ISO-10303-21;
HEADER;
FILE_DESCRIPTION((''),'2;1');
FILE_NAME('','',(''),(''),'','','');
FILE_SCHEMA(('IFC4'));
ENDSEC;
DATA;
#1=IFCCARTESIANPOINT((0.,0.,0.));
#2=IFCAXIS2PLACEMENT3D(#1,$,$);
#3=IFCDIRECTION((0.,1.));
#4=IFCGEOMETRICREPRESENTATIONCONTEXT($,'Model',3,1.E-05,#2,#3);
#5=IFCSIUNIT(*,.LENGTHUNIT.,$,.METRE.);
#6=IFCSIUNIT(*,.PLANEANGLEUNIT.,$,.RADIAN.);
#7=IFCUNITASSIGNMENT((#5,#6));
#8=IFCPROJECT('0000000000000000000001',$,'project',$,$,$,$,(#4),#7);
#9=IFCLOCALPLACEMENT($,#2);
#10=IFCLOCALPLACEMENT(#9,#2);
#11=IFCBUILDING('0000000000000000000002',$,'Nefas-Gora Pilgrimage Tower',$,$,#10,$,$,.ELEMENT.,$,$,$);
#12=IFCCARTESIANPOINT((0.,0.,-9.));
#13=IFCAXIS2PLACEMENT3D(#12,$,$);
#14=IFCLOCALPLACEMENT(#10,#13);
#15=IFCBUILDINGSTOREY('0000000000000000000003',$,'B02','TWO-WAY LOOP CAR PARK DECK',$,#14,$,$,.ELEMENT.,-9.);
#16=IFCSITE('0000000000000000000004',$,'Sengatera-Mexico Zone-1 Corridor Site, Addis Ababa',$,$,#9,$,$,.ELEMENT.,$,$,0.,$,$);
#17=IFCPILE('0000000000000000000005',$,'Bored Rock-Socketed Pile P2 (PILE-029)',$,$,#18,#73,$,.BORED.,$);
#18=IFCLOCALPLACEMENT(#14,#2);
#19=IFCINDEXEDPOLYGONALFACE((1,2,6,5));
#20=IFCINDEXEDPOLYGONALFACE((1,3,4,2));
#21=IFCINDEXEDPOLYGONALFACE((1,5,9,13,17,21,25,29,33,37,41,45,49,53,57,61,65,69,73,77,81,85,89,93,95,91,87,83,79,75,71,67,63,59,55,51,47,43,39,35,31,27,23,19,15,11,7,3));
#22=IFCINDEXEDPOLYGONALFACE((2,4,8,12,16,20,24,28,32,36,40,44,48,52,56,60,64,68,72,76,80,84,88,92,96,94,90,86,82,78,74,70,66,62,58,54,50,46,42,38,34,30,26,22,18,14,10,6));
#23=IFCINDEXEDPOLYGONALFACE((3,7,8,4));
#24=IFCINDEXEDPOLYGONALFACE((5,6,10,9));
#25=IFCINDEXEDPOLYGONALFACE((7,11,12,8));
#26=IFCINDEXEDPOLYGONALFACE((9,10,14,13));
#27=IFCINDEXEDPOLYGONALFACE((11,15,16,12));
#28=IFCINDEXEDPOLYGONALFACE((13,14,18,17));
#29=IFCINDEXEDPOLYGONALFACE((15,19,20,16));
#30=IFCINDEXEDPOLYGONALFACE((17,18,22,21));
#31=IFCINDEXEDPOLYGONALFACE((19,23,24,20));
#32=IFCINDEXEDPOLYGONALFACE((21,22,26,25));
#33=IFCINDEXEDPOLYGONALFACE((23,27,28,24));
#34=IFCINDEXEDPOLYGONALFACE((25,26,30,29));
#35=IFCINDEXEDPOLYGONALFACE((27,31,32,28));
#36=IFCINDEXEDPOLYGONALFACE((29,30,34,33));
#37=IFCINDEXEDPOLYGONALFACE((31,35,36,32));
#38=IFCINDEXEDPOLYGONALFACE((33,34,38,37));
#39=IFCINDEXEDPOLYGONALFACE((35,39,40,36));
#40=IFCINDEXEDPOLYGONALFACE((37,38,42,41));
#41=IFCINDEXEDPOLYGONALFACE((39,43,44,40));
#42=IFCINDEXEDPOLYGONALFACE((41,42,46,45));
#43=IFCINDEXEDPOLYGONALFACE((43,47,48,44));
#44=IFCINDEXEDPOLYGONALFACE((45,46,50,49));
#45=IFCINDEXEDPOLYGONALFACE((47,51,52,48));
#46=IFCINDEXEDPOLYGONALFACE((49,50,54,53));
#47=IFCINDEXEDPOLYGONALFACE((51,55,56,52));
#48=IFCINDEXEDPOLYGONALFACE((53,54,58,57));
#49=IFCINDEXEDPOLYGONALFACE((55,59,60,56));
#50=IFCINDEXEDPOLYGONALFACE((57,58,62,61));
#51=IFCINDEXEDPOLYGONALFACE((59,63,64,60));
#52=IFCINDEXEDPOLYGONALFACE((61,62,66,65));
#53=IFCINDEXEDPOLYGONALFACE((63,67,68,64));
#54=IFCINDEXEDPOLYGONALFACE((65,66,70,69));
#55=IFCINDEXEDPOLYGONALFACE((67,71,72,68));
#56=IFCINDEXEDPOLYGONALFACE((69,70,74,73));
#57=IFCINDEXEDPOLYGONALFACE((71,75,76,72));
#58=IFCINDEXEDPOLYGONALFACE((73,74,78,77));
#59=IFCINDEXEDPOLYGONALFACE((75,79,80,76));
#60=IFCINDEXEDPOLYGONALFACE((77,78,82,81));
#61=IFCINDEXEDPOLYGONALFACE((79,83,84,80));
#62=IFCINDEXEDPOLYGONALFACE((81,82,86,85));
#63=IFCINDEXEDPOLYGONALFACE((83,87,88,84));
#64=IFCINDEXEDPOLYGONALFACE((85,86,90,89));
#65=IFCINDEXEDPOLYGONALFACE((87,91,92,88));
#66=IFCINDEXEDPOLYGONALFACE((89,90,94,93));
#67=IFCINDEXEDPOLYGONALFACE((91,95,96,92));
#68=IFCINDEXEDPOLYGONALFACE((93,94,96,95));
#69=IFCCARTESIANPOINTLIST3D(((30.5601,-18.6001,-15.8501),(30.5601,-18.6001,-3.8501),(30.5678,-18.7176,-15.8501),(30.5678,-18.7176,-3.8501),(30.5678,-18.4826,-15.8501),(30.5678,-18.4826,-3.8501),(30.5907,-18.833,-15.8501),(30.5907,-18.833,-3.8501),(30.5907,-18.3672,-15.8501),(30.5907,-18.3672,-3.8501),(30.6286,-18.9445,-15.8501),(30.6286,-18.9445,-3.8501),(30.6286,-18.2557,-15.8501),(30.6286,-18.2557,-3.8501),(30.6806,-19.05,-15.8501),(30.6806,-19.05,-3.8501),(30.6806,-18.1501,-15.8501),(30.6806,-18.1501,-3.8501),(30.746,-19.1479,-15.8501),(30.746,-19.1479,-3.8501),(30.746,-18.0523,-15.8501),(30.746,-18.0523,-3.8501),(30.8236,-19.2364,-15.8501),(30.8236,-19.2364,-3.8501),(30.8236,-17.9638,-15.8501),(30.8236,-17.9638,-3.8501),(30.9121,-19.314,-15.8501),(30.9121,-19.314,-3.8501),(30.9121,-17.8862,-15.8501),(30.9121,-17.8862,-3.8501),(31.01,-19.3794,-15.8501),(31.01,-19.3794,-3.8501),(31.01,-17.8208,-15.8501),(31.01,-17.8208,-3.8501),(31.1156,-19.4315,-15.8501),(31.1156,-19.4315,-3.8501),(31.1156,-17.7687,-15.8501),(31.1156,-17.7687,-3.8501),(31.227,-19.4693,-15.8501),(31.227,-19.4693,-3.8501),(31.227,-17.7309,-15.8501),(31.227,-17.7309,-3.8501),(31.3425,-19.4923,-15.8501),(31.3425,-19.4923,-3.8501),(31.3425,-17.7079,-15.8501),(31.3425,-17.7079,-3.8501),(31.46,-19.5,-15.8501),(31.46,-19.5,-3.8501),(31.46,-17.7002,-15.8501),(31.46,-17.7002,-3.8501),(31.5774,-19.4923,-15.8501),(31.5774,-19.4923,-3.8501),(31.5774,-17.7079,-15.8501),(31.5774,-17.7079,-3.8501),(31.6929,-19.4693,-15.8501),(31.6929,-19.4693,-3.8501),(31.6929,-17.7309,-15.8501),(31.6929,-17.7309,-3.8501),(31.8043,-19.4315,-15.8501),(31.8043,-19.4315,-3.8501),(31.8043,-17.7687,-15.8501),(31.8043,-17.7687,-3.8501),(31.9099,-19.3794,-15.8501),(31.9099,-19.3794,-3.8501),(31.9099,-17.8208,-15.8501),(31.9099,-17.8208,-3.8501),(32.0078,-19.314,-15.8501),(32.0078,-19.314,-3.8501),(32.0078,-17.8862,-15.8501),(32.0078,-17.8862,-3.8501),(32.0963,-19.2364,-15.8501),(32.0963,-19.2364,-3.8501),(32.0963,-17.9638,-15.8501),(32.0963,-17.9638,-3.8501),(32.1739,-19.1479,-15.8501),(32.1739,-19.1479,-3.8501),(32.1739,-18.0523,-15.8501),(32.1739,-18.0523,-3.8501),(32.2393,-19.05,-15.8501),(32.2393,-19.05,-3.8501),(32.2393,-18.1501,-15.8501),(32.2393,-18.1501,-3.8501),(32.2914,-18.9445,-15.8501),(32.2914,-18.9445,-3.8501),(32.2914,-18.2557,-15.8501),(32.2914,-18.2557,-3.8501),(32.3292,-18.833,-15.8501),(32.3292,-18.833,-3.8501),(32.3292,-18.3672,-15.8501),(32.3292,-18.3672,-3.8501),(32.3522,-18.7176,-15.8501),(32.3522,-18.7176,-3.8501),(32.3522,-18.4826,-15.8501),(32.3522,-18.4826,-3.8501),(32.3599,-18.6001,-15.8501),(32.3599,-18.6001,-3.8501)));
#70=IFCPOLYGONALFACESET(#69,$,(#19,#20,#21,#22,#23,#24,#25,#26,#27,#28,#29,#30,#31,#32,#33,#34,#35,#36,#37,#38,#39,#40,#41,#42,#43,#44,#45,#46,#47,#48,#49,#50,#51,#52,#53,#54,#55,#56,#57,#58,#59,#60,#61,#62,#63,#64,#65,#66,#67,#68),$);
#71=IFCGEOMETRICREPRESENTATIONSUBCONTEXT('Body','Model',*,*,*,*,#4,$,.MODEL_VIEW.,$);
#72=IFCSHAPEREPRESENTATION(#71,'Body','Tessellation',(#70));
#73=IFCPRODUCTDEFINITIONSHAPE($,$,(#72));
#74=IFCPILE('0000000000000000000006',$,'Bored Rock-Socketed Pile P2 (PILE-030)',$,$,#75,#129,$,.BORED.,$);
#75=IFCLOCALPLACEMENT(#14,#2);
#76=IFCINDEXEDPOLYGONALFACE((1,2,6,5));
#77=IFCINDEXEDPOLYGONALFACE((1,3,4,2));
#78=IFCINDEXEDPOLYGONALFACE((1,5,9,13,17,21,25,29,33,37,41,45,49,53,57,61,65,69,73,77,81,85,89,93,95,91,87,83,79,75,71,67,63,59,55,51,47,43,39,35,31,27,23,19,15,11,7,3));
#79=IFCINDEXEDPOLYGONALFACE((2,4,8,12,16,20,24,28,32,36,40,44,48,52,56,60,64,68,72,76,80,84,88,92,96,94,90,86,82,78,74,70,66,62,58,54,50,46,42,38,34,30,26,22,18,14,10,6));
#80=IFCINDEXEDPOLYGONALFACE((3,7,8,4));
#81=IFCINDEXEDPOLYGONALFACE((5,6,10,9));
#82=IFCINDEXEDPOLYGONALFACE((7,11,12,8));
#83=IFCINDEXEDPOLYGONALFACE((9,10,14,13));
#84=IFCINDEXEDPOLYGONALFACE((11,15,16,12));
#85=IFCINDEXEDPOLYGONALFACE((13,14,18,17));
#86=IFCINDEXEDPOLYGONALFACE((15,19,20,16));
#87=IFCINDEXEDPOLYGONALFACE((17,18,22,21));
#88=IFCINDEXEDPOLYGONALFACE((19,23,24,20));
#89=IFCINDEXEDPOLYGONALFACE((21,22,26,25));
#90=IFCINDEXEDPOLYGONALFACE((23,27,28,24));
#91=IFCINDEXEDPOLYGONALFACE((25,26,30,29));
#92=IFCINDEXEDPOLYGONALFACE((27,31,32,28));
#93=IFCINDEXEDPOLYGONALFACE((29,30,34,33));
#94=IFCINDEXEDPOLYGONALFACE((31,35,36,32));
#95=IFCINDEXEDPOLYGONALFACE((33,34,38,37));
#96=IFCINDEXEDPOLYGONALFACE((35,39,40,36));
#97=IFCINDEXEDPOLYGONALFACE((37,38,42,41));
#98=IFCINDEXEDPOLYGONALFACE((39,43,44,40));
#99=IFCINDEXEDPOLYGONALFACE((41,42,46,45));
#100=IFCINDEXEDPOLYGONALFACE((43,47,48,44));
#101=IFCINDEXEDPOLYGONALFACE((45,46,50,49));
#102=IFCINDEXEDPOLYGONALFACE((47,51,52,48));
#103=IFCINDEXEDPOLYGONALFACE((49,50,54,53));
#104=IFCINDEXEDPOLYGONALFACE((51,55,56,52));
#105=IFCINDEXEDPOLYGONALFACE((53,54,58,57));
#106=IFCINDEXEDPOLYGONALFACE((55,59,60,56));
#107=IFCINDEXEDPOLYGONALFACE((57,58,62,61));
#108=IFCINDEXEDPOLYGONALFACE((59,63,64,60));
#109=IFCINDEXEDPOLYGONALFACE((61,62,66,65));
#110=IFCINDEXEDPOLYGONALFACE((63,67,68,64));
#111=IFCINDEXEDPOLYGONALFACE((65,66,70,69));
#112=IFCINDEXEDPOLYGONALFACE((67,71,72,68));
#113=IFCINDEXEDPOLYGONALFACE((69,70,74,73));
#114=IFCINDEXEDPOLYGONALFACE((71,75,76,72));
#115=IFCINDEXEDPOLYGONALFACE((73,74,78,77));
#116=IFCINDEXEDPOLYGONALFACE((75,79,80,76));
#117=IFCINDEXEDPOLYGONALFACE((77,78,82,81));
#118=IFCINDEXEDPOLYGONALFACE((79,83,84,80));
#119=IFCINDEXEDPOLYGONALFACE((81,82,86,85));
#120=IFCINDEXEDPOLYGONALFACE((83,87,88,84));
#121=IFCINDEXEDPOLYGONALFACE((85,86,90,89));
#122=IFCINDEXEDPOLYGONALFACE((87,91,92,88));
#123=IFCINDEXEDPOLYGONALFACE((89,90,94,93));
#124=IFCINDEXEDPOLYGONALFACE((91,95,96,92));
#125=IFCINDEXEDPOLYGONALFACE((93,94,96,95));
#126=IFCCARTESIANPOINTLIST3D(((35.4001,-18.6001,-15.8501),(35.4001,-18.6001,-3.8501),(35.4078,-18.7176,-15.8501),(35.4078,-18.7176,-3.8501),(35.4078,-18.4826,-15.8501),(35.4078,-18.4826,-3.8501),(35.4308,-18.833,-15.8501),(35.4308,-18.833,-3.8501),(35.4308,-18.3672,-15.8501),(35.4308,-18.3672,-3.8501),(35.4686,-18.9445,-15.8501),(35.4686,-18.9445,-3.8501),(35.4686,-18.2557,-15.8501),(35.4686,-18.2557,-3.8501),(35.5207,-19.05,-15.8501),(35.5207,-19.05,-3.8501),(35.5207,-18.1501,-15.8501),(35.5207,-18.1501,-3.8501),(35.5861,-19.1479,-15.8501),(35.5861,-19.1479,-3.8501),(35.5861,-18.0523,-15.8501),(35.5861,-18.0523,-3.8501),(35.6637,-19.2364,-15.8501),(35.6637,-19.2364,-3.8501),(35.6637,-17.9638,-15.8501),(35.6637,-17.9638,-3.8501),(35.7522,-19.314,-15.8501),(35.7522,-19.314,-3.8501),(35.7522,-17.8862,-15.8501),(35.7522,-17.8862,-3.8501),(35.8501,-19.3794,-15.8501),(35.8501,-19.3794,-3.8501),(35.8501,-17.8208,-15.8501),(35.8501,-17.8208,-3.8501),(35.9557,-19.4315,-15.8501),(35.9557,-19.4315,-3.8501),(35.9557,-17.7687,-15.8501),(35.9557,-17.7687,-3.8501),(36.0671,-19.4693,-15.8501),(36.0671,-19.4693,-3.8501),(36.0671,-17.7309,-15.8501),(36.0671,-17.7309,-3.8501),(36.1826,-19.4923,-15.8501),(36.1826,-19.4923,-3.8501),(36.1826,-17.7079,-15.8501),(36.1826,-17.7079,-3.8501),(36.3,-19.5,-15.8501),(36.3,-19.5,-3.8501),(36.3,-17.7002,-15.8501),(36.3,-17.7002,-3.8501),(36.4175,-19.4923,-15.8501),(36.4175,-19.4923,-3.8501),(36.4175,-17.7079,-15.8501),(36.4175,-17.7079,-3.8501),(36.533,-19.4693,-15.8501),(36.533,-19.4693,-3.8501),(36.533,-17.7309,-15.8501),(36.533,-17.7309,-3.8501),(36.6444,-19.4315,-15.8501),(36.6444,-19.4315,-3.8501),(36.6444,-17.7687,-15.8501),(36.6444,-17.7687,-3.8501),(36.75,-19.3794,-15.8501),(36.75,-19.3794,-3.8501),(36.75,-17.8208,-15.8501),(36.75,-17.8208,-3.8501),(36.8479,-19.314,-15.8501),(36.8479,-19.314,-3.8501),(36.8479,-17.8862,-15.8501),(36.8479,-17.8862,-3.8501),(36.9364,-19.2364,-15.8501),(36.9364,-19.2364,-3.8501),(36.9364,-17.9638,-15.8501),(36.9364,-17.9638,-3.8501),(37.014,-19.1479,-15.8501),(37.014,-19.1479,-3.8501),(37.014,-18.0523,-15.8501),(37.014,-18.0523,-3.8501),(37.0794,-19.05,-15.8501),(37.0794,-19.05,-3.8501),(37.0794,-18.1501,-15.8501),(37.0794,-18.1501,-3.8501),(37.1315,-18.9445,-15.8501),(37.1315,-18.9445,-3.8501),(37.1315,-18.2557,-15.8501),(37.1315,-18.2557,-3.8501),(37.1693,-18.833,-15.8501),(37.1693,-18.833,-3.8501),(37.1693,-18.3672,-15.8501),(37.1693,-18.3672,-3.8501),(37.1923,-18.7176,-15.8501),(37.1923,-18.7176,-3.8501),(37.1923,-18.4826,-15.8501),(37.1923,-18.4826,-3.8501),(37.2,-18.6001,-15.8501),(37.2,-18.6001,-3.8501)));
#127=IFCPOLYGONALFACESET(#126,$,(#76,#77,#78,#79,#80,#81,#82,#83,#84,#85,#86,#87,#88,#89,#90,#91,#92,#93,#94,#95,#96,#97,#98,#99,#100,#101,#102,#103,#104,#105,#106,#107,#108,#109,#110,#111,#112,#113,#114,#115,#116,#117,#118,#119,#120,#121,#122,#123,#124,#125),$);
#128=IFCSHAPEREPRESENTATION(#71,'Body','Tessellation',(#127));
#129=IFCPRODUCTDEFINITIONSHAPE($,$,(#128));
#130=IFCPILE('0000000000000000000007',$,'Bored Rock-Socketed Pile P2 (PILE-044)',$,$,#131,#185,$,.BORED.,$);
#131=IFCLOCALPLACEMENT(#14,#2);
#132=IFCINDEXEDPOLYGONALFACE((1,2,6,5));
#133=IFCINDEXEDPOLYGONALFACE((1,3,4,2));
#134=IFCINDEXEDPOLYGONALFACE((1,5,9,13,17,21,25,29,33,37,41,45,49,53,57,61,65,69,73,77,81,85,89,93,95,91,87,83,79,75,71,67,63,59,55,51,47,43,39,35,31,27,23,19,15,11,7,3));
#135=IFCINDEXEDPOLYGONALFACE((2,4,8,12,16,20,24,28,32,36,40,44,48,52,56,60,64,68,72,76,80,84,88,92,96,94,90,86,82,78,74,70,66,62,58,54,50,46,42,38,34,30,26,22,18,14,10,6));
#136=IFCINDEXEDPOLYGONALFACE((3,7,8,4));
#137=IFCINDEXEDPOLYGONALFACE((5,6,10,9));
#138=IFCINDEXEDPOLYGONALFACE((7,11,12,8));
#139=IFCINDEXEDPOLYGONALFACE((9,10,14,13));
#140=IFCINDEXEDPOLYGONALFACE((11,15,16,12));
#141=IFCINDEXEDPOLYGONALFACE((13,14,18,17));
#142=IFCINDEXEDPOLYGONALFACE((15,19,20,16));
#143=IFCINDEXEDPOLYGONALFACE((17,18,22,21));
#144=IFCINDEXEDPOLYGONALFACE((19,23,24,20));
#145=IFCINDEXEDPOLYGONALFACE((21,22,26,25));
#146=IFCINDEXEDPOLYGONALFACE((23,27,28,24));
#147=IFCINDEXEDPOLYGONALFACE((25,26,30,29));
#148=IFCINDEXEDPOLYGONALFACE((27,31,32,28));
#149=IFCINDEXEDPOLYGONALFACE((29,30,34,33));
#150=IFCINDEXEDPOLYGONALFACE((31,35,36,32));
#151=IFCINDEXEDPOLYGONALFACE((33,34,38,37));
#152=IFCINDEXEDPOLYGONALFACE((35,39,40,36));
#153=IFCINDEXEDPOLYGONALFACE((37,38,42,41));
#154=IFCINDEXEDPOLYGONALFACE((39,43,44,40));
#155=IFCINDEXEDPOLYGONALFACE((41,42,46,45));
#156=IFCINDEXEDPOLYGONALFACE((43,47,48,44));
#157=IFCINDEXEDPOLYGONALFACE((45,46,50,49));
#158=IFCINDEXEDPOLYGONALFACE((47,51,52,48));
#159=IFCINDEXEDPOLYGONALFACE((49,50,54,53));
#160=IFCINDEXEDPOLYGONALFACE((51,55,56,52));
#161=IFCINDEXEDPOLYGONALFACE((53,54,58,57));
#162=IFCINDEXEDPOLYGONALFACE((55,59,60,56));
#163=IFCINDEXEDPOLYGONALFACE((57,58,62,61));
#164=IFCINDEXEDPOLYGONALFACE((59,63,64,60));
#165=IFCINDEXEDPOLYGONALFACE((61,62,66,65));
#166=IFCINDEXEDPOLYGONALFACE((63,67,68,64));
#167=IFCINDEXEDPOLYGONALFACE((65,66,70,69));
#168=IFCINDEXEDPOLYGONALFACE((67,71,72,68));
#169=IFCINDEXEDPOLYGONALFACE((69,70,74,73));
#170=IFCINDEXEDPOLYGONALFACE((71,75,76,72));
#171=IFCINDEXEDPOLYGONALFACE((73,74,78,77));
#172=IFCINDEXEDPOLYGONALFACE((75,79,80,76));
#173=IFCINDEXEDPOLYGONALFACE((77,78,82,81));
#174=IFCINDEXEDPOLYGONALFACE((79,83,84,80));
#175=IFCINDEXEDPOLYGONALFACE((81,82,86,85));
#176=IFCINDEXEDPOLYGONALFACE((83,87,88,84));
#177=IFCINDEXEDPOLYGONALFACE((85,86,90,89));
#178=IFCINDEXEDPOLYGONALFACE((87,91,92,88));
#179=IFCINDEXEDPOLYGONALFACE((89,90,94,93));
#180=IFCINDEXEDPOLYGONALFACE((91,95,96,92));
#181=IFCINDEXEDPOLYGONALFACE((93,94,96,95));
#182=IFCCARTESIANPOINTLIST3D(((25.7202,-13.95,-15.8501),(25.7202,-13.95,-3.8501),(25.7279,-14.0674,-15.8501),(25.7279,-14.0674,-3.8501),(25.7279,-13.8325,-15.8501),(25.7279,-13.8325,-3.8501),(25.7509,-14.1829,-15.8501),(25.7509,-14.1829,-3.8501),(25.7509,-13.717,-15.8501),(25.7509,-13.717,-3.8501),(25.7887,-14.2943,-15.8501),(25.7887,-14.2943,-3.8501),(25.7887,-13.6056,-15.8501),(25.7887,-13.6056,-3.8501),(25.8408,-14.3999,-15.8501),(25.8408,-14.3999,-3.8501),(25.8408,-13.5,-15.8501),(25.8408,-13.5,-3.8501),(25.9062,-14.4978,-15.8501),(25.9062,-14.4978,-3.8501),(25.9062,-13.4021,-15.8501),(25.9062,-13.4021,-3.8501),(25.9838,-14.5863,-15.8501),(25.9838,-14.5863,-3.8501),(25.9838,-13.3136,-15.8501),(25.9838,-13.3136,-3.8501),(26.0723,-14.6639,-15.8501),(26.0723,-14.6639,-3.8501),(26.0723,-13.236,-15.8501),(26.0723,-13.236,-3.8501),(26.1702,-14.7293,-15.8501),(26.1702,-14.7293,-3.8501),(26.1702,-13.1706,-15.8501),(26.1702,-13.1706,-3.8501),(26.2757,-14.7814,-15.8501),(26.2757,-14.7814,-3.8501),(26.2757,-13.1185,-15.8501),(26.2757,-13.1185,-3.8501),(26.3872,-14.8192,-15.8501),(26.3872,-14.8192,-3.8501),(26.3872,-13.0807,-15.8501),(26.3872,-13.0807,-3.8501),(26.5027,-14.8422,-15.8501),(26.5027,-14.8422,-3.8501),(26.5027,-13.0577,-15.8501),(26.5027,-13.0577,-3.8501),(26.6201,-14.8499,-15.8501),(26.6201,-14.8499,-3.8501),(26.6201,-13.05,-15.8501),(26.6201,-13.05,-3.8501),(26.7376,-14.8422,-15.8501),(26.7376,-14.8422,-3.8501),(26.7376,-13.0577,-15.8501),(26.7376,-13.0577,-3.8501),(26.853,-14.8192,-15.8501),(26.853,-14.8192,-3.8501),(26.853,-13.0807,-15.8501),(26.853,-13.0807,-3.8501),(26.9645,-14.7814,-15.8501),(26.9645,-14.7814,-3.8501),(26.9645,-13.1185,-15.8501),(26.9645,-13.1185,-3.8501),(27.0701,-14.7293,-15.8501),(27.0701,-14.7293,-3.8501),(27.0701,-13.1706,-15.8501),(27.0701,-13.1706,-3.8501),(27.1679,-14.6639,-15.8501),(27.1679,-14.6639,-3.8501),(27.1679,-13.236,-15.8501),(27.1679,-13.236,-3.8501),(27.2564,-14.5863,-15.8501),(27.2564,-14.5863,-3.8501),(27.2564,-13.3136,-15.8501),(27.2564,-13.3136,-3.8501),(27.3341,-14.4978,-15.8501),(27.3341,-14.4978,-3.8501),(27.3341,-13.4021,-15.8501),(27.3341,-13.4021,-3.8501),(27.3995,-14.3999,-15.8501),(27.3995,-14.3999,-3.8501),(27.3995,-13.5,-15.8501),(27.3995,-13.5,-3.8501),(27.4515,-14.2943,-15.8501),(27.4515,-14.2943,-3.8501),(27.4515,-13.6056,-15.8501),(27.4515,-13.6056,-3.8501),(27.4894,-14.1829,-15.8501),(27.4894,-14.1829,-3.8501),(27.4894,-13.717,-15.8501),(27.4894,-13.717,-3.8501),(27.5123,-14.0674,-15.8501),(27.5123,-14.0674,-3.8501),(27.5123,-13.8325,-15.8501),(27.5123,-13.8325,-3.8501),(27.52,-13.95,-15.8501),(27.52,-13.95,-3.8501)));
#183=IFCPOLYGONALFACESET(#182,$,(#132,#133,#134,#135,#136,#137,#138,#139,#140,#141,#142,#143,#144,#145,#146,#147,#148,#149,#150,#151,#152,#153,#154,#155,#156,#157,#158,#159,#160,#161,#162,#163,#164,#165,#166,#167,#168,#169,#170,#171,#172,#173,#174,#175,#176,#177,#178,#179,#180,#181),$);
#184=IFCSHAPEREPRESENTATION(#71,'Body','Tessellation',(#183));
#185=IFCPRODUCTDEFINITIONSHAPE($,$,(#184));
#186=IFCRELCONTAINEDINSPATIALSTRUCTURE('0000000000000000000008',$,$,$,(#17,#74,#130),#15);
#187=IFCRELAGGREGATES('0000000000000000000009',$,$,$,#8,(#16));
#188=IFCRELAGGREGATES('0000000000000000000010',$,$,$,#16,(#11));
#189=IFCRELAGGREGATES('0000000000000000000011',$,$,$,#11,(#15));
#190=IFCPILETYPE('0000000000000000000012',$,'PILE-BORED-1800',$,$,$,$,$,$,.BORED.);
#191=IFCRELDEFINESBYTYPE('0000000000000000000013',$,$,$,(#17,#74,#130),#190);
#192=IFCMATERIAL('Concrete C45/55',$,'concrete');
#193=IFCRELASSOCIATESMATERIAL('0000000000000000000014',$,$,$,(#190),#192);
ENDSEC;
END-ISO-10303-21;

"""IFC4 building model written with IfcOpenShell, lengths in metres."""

from ifc_helpers import new_model, si_unit, direction, frame, origin, origin_2d, place, context, subcontext, project, spatial, circle, extrude, source, transform, mapped, material, material_profile, profile_set, type_object, element, save


model = new_model("IFC4")

# Units and contexts
model_context = context("Model", 3, precision=1e-05, world=origin(), true_north=direction((0.0, 1.0)))
body_context = subcontext(model_context, "Body", "Model", "MODEL_VIEW")
ifc_project = project(units=[si_unit("LENGTHUNIT", "METRE"), si_unit("PLANEANGLEUNIT", "RADIAN")], contexts=[model_context])

# Site, building, storey
site_placement = place(None, origin())
site = spatial("IfcSite", under=ifc_project, at=site_placement, Name="Sengatera-Mexico Zone-1 Corridor Site, Addis Ababa", CompositionType="ELEMENT", RefElevation=0.0)
building_placement = place(site_placement, origin())
building = spatial("IfcBuilding", under=site, at=building_placement, Name="Nefas-Gora Pilgrimage Tower", CompositionType="ELEMENT")
storey_placement = place(building_placement, frame((0.0, 0.0, -9.0)))
storey = spatial("IfcBuildingStorey", under=building, at=storey_placement, Name="B02", Description="TWO-WAY LOOP CAR PARK DECK", CompositionType="ELEMENT", Elevation=-9.0)

# Piles
ifc_material_1 = material(Name="Concrete C45/55", Category="concrete")
ifc_material_profile_1 = material_profile(ifc_material_1, circle(Radius=0.8999, at=origin_2d()), Name="PILE D1800")
ifc_profile_set_1 = profile_set([ifc_material_profile_1], Name="Concrete C45/55")
pile_type_1 = type_object("IfcPileType", Name="PILE-BORED-1800", PredefinedType="BORED", material=ifc_profile_set_1)
shared_shape_1 = source(origin(), body_context, "Body", "SweptSolid", [
    extrude(circle(Radius=0.8999, at=origin_2d()), origin(), (0.0, 0.0, 1.0), 12.0),
])
for number, where, z_axis, x_axis, name in (
    (1, (31.46, -18.6001, -3.8501), (0.0, 0.0, -1.0), (1.0, 0.0, 0.0), "Bored Rock-Socketed Pile P2 (PILE-029)"),
    (2, (36.3, -18.6001, -3.8501), (0.0, 0.0, -1.0), (1.0, 0.0, 0.0), "Bored Rock-Socketed Pile P2 (PILE-030)"),
    (3, (26.6201, -13.95, -3.8501), (0.0, 0.0, -1.0), (1.0, 0.0, 0.0), "Bored Rock-Socketed Pile P2 (PILE-044)"),
):
    element("IfcPile", number, at=place(storey_placement, frame(where, z_axis=z_axis, x_axis=x_axis)), inside=storey, type_object=pile_type_1, Name=name, PredefinedType="BORED", context=body_context, shape_type="MappedRepresentation", body=[
        mapped(shared_shape_1, transform((0.0, 0.0, 0.0), x_axis=(1.0, 0.0, 0.0), y_axis=(0.0, 1.0, 0.0), z_axis=(0.0, 0.0, 1.0), scale=1.0)),
    ])

save(model, "model.ifc")
